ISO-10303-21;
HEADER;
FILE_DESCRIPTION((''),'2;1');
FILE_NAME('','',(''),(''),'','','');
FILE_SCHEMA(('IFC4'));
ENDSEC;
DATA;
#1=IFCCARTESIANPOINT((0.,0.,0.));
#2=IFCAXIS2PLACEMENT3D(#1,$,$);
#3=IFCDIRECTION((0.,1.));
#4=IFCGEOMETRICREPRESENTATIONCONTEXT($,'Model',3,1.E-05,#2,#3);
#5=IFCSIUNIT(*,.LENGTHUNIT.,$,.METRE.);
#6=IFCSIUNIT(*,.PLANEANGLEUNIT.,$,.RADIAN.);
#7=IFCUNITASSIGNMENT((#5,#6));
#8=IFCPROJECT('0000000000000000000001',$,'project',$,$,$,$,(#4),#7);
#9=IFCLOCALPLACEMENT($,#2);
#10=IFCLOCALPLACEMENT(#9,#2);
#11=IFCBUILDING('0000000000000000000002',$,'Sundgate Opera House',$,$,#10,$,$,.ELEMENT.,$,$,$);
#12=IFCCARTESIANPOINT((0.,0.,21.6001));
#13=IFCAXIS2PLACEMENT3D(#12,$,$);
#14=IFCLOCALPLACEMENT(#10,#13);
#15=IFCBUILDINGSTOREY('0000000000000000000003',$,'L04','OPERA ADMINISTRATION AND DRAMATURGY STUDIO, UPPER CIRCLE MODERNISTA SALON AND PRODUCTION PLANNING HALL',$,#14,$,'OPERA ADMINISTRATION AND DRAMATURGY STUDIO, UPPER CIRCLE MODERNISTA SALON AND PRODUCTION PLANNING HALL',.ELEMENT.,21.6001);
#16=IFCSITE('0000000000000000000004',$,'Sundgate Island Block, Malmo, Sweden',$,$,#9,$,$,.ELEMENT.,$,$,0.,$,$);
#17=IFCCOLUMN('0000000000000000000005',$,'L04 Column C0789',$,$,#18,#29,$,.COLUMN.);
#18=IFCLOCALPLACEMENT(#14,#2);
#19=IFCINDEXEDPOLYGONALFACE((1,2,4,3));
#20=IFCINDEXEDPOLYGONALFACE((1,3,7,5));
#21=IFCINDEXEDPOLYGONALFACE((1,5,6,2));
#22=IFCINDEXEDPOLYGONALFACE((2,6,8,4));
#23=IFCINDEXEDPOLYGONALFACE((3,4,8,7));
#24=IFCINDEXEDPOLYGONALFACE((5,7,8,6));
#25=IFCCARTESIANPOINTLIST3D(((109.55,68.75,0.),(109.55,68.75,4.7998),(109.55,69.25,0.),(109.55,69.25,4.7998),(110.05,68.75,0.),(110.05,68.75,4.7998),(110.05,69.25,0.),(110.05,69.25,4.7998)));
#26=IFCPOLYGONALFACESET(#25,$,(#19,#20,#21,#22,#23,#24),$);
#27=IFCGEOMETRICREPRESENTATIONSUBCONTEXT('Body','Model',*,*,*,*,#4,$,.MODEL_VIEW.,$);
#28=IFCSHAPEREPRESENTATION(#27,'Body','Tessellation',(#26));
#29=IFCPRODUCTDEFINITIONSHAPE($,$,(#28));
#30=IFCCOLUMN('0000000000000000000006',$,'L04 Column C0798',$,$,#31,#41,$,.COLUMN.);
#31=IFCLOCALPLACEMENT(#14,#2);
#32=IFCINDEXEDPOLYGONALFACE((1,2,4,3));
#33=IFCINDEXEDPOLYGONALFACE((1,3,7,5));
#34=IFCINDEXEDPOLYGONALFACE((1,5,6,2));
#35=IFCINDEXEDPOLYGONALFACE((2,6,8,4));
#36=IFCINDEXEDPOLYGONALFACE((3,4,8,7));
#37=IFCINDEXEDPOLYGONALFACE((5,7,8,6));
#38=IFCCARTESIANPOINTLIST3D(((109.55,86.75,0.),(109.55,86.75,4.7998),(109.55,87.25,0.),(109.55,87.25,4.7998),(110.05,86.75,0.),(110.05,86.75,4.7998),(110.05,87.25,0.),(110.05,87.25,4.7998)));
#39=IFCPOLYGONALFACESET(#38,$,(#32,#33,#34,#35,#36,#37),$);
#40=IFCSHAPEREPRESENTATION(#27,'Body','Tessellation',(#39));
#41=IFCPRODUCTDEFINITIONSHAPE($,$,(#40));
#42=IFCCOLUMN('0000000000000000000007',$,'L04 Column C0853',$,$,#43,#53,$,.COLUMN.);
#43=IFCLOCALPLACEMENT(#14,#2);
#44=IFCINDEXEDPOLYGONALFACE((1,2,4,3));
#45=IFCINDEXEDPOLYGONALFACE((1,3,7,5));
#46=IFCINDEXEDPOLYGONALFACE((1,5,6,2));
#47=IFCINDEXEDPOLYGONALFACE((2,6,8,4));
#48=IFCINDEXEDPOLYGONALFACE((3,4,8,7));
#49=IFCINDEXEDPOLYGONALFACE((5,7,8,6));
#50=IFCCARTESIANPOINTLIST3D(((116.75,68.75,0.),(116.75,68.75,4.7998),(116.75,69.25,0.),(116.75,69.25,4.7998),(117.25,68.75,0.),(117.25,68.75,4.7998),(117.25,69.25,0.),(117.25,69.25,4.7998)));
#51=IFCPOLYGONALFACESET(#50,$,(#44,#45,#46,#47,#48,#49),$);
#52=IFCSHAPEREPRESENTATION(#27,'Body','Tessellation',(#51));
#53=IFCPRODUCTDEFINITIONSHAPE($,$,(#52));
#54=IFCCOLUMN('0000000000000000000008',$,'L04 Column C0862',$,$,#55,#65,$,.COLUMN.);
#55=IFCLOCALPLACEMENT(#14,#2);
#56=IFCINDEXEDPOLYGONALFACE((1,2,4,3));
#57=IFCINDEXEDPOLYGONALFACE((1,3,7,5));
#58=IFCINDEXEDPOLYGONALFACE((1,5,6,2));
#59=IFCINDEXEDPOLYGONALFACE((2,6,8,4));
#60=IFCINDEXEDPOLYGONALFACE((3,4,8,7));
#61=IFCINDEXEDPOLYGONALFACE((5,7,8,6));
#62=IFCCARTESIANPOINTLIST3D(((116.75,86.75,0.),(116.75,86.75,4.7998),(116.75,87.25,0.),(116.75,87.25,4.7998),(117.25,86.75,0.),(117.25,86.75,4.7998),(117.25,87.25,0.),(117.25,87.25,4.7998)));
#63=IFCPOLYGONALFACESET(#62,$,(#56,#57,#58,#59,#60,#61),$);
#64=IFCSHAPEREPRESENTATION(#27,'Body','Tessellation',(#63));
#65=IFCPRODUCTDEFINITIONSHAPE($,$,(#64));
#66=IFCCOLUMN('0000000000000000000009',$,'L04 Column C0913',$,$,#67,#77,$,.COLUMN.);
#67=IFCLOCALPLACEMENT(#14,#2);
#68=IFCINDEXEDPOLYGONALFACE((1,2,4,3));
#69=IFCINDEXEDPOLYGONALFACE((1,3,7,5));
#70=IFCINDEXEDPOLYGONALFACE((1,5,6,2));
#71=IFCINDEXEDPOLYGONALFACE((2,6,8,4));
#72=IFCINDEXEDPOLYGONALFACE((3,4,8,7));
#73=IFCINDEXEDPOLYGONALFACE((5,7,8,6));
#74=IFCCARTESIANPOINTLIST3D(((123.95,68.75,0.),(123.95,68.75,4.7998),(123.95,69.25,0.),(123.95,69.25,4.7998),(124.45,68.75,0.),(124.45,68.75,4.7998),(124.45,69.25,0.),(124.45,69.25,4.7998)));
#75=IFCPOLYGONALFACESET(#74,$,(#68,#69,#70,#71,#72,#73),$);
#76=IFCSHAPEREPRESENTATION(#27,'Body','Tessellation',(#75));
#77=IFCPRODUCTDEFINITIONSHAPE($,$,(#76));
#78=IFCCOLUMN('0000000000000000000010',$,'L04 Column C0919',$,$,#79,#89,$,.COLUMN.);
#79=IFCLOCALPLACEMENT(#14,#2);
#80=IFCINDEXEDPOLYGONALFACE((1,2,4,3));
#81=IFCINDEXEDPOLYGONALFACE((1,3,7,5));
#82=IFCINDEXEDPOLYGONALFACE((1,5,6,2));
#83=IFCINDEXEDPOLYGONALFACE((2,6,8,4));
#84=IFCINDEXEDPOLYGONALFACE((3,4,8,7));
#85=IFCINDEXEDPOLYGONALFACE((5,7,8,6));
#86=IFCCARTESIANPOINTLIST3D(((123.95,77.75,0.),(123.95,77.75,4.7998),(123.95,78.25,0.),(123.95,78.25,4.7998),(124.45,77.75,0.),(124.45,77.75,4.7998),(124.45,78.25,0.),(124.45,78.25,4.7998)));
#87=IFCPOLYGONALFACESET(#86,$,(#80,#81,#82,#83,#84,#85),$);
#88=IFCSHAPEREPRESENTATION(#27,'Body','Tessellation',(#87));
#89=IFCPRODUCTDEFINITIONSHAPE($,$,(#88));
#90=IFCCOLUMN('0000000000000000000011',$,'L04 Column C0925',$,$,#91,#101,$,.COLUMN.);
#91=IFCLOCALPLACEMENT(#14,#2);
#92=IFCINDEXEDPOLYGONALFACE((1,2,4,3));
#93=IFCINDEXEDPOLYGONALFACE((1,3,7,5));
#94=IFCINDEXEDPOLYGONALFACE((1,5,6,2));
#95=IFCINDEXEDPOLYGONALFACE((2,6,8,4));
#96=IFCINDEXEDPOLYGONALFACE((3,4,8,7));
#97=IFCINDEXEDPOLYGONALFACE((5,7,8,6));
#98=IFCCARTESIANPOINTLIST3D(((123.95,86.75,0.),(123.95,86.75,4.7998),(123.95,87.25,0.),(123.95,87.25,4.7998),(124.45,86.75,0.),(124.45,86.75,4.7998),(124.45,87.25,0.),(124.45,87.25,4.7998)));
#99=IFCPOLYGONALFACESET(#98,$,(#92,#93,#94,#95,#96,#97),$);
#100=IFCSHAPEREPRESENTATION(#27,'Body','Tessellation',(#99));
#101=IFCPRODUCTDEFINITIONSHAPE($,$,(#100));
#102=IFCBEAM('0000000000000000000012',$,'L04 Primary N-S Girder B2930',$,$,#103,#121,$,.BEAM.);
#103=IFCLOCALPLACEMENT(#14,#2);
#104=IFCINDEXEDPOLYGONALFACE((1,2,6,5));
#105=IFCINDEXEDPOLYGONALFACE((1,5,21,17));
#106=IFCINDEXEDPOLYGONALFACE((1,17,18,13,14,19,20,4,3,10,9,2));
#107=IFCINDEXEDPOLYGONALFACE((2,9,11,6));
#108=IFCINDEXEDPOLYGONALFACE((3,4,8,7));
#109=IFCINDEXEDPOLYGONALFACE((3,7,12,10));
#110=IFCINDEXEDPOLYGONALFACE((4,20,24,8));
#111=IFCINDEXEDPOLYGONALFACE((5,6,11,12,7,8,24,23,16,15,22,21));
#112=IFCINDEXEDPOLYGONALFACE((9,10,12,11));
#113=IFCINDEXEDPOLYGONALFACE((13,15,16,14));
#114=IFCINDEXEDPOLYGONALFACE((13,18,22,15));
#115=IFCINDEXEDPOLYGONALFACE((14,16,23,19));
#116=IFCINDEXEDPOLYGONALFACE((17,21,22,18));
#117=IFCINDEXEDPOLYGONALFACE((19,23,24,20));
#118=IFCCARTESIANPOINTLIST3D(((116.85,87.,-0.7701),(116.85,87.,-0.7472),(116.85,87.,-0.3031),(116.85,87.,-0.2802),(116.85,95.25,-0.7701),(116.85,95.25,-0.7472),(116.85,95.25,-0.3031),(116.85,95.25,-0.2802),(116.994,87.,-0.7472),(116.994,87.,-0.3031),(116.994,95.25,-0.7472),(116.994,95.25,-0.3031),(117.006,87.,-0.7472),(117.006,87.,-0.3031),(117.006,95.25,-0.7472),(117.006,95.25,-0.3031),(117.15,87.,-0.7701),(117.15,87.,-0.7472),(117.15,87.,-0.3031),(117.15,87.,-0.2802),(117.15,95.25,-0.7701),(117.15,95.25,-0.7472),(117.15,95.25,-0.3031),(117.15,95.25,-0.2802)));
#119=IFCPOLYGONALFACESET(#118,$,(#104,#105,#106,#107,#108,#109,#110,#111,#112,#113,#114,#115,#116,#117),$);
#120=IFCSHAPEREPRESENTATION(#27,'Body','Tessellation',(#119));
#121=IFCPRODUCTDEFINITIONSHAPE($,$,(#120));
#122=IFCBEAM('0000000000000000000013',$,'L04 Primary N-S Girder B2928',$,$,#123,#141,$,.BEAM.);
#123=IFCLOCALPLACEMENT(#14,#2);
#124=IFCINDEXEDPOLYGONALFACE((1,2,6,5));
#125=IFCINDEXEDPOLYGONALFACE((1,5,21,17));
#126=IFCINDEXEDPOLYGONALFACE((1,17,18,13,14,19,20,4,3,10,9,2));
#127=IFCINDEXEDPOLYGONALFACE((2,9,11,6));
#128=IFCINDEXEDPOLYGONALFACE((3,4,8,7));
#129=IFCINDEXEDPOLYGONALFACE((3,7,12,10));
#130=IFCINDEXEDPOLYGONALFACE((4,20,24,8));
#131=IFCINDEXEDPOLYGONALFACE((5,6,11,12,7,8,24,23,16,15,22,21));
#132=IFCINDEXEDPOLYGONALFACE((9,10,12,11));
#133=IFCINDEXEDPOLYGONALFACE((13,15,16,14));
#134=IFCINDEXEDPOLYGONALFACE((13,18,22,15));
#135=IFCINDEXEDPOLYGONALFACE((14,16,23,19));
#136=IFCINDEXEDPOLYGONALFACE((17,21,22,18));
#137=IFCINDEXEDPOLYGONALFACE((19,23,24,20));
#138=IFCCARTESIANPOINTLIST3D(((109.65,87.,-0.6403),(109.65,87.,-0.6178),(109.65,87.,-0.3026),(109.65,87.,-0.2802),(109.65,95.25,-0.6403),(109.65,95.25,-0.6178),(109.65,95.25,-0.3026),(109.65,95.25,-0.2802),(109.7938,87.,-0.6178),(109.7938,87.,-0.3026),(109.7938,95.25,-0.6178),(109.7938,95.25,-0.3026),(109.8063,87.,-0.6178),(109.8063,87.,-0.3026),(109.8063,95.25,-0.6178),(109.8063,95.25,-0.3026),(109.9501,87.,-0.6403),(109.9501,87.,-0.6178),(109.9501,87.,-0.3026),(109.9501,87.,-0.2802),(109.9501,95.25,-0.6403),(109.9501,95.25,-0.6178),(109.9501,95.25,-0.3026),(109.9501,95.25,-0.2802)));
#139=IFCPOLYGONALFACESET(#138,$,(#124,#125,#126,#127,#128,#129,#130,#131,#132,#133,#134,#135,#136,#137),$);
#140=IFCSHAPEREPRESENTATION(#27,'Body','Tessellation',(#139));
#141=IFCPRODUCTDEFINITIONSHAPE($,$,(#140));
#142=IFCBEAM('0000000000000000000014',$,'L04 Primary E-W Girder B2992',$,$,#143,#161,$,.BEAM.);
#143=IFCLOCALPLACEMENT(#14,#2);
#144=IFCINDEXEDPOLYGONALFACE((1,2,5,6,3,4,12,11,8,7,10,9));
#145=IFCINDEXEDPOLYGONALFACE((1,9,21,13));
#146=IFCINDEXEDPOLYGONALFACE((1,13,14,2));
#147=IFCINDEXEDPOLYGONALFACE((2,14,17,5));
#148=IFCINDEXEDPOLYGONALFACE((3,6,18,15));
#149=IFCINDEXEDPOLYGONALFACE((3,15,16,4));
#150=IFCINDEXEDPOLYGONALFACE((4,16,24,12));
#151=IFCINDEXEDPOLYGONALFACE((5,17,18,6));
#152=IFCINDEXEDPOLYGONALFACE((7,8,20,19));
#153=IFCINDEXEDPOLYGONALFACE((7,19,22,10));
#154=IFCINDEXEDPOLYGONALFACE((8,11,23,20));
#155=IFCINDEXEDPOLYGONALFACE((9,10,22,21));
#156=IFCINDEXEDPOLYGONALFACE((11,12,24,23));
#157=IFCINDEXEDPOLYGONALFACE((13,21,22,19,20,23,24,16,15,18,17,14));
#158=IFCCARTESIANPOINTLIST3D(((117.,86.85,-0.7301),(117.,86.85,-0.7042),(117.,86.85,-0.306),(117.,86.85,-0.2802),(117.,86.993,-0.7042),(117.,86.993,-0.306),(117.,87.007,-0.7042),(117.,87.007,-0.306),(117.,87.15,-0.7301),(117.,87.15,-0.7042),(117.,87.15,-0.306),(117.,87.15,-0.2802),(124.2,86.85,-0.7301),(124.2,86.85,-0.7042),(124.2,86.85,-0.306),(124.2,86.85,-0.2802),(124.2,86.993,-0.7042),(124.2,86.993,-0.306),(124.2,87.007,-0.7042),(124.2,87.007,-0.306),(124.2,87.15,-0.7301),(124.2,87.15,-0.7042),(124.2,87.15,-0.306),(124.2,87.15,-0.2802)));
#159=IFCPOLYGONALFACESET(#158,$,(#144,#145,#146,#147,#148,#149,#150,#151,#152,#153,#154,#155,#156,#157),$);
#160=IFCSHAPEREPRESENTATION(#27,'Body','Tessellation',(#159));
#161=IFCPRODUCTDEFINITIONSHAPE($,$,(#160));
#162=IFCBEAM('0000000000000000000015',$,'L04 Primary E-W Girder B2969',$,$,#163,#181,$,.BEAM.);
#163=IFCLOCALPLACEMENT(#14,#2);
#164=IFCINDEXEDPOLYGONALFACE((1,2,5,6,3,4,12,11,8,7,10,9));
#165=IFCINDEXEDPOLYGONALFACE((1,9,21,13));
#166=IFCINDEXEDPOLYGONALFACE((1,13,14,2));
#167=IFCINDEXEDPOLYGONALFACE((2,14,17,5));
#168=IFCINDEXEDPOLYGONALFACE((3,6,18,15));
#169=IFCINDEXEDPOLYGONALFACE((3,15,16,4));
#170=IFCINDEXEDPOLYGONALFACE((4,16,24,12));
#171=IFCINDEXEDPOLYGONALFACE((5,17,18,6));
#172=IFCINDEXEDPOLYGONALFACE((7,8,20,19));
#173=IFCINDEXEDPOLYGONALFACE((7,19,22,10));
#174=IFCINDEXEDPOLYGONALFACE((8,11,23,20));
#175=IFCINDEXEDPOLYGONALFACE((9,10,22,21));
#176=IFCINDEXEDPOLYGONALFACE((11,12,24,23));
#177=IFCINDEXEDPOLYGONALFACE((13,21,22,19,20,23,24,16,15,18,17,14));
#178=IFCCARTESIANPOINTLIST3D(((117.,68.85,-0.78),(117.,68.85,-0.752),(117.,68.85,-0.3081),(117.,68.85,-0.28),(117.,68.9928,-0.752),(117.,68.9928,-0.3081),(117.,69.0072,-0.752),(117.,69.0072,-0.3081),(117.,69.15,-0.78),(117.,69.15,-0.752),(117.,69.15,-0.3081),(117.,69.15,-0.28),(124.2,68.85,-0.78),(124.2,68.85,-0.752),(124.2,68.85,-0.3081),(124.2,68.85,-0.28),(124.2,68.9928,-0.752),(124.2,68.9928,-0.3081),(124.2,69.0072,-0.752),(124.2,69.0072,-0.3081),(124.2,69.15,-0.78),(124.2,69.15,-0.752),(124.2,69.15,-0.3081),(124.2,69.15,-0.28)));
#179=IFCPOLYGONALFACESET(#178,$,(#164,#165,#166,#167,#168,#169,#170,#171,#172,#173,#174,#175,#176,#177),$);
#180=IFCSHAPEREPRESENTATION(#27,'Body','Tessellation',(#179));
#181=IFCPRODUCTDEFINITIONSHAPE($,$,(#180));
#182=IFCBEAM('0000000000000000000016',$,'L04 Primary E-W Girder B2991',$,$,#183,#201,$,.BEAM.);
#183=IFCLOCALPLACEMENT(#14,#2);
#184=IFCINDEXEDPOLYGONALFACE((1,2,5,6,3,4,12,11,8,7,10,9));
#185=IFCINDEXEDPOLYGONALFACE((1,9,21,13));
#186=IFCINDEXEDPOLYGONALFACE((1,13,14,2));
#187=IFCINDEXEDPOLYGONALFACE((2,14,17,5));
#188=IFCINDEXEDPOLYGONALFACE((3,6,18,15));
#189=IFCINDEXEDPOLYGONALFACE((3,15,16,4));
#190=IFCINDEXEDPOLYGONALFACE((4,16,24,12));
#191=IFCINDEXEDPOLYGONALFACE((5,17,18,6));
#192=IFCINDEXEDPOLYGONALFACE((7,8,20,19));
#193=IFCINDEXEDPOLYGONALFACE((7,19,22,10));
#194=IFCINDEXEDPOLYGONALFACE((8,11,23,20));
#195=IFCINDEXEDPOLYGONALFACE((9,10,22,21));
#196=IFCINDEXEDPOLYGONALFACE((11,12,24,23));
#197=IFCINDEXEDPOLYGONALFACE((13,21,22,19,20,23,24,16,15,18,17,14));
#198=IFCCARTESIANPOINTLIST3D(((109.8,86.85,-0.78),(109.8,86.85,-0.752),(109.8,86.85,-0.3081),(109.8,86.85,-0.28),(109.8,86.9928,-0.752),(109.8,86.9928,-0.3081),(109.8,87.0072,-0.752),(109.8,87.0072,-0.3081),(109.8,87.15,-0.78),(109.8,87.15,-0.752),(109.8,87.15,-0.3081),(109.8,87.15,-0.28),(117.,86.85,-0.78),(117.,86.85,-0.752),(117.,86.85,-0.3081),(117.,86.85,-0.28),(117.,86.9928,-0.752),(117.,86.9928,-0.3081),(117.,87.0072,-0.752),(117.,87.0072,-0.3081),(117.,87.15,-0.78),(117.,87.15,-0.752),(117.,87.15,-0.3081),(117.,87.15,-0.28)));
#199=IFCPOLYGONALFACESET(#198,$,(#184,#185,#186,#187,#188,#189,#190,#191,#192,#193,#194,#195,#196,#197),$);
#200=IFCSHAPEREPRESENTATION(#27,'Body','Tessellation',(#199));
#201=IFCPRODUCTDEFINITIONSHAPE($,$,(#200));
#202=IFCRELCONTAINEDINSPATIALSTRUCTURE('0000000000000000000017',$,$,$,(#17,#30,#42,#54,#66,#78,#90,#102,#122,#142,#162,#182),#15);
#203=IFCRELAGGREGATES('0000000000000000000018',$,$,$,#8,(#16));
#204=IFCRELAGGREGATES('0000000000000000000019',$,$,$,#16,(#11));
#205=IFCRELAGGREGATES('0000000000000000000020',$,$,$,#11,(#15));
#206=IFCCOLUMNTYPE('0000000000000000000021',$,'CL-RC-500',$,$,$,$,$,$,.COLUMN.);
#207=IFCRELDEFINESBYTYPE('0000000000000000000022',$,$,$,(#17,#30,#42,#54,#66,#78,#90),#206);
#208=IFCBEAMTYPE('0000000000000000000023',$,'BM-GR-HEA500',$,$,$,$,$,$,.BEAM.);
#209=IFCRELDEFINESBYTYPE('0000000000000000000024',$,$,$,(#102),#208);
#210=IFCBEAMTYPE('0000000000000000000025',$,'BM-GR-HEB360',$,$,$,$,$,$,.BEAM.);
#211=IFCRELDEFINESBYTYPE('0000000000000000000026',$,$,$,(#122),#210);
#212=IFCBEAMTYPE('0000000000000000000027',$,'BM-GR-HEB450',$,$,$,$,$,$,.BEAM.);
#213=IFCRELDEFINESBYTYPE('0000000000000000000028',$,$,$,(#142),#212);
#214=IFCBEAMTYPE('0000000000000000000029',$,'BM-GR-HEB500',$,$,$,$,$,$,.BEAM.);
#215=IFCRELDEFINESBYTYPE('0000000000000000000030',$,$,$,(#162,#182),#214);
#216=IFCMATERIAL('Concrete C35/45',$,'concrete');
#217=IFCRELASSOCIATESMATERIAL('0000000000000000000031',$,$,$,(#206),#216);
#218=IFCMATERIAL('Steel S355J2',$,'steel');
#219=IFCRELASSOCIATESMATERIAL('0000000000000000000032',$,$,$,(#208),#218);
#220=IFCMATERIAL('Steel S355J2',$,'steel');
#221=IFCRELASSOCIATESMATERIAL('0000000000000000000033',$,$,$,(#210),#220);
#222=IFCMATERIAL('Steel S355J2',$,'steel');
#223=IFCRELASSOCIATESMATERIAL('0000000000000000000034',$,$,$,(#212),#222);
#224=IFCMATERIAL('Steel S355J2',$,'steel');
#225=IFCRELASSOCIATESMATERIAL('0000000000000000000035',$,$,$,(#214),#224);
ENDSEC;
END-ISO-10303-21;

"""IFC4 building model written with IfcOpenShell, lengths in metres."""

from ifc_helpers import new_model, si_unit, direction, frame, origin, origin_2d, place, context, subcontext, project, spatial, rectangle, i_section, extrude, material, material_profile, profile_set, type_object, element, save


model = new_model("IFC4")

# Units and contexts
model_context = context("Model", 3, precision=1e-05, world=origin(), true_north=direction((0.0, 1.0)))
body_context = subcontext(model_context, "Body", "Model", "MODEL_VIEW")
ifc_project = project(units=[si_unit("LENGTHUNIT", "METRE"), si_unit("PLANEANGLEUNIT", "RADIAN")], contexts=[model_context])

# Site, building, storey
site_placement = place(None, origin())
site = spatial("IfcSite", under=ifc_project, at=site_placement, Name="Sundgate Island Block, Malmo, Sweden", CompositionType="ELEMENT", RefElevation=0.0)
building_placement = place(site_placement, origin())
building = spatial("IfcBuilding", under=site, at=building_placement, Name="Sundgate Opera House", CompositionType="ELEMENT")
storey_placement = place(building_placement, frame((0.0, 0.0, 21.6001)))
storey = spatial("IfcBuildingStorey", under=building, at=storey_placement, Name="L04", Description="OPERA ADMINISTRATION AND DRAMATURGY STUDIO, UPPER CIRCLE MODERNISTA SALON AND PRODUCTION PLANNING HALL", LongName="OPERA ADMINISTRATION AND DRAMATURGY STUDIO, UPPER CIRCLE MODERNISTA SALON AND PRODUCTION PLANNING HALL", CompositionType="ELEMENT", Elevation=21.6001)

# Columns
ifc_material_1 = material(Name="Concrete C35/45", Category="concrete")
ifc_material_profile_1 = material_profile(ifc_material_1, rectangle(XDim=0.5, YDim=0.5, at=origin_2d()), Name="RC 500x500")
ifc_profile_set_1 = profile_set([ifc_material_profile_1], Name="Concrete C35/45")
column_type = type_object("IfcColumnType", Name="CL-RC-500", PredefinedType="COLUMN", material=ifc_profile_set_1)
for number, where, z_axis, x_axis, name in (
    (1, (109.8, 69.0, 0.0), (0.0, 0.0, 1.0), (1.0, 0.0, 0.0), "L04 Column C0789"),
    (2, (109.8, 87.0, 0.0), (0.0, 0.0, 1.0), (1.0, 0.0, 0.0), "L04 Column C0798"),
    (3, (117.0, 69.0, 0.0), (0.0, 0.0, 1.0), (1.0, 0.0, 0.0), "L04 Column C0853"),
    (4, (117.0, 87.0, 0.0), (0.0, 0.0, 1.0), (1.0, 0.0, 0.0), "L04 Column C0862"),
    (5, (124.2, 69.0, 0.0), (0.0, 0.0, 1.0), (1.0, 0.0, 0.0), "L04 Column C0913"),
    (6, (124.2, 78.0, 0.0), (0.0, 0.0, 1.0), (1.0, 0.0, 0.0), "L04 Column C0919"),
    (7, (124.2, 87.0, 0.0), (0.0, 0.0, 1.0), (1.0, 0.0, 0.0), "L04 Column C0925"),
):
    element("IfcColumn", number, at=place(storey_placement, frame(where, z_axis=z_axis, x_axis=x_axis)), inside=storey, type_object=column_type, Name=name, PredefinedType="COLUMN", context=body_context, shape_type="SweptSolid", body=[
        extrude(rectangle(XDim=0.5, YDim=0.5, at=origin_2d()), origin(), (0.0, 0.0, 1.0), 4.7998),
    ])

# Beams
ifc_material_2 = material(Name="Steel S355J2", Category="steel")
ifc_material_profile_2 = material_profile(ifc_material_2, i_section(OverallWidth=0.3, OverallDepth=0.49, WebThickness=0.012, FlangeThickness=0.0229, at=origin_2d()), Name="HEA 500")
ifc_profile_set_2 = profile_set([ifc_material_profile_2], Name="Steel S355J2")
beam_type_1 = type_object("IfcBeamType", Name="BM-GR-HEA500", PredefinedType="BEAM", material=ifc_profile_set_2)
beam_1_placement = place(storey_placement, frame((117.0, 87.0, -0.5251), z_axis=(0.0, 1.0, 0.0), x_axis=(-1.0, 0.0, 0.0)))
element("IfcBeam", 8, at=beam_1_placement, inside=storey, type_object=beam_type_1, Name="L04 Primary N-S Girder B2930", PredefinedType="BEAM", context=body_context, shape_type="SweptSolid", body=[
    extrude(i_section(OverallWidth=0.3, OverallDepth=0.49, WebThickness=0.012, FlangeThickness=0.0229, at=origin_2d()), origin(), (0.0, 0.0, 1.0), 8.25),
])
ifc_material_3 = material(Name="Steel S355J2", Category="steel")
ifc_material_profile_3 = material_profile(ifc_material_3, i_section(OverallWidth=0.3, OverallDepth=0.3601, WebThickness=0.0125, FlangeThickness=0.0225, at=origin_2d()), Name="HEB 360")
ifc_profile_set_3 = profile_set([ifc_material_profile_3], Name="Steel S355J2")
beam_type_2 = type_object("IfcBeamType", Name="BM-GR-HEB360", PredefinedType="BEAM", material=ifc_profile_set_3)
beam_2_placement = place(storey_placement, frame((109.8, 87.0, -0.4602), z_axis=(0.0, 1.0, 0.0), x_axis=(-1.0, 0.0, 0.0)))
element("IfcBeam", 9, at=beam_2_placement, inside=storey, type_object=beam_type_2, Name="L04 Primary N-S Girder B2928", PredefinedType="BEAM", context=body_context, shape_type="SweptSolid", body=[
    extrude(i_section(OverallWidth=0.3, OverallDepth=0.3601, WebThickness=0.0125, FlangeThickness=0.0225, at=origin_2d()), origin(), (0.0, 0.0, 1.0), 8.25),
])
ifc_material_4 = material(Name="Steel S355J2", Category="steel")
ifc_material_profile_4 = material_profile(ifc_material_4, i_section(OverallWidth=0.3, OverallDepth=0.45, WebThickness=0.0139, FlangeThickness=0.0259, at=origin_2d()), Name="HEB 450")
ifc_profile_set_4 = profile_set([ifc_material_profile_4], Name="Steel S355J2")
beam_type_3 = type_object("IfcBeamType", Name="BM-GR-HEB450", PredefinedType="BEAM", material=ifc_profile_set_4)
beam_3_placement = place(storey_placement, frame((117.0, 87.0, -0.5051), z_axis=(1.0, 0.0, 0.0), x_axis=(0.0, 1.0, 0.0)))
element("IfcBeam", 10, at=beam_3_placement, inside=storey, type_object=beam_type_3, Name="L04 Primary E-W Girder B2992", PredefinedType="BEAM", context=body_context, shape_type="SweptSolid", body=[
    extrude(i_section(OverallWidth=0.3, OverallDepth=0.45, WebThickness=0.0139, FlangeThickness=0.0259, at=origin_2d()), origin(), (0.0, 0.0, 1.0), 7.2),
])
ifc_material_5 = material(Name="Steel S355J2", Category="steel")
ifc_material_profile_5 = material_profile(ifc_material_5, i_section(OverallWidth=0.3, OverallDepth=0.5, WebThickness=0.0144, FlangeThickness=0.0281, at=origin_2d()), Name="HEB 500")
ifc_profile_set_5 = profile_set([ifc_material_profile_5], Name="Steel S355J2")
beam_type_4 = type_object("IfcBeamType", Name="BM-GR-HEB500", PredefinedType="BEAM", material=ifc_profile_set_5)
for number, where, z_axis, x_axis, name in (
    (11, (117.0, 69.0, -0.53), (1.0, 0.0, 0.0), (0.0, 1.0, 0.0), "L04 Primary E-W Girder B2969"),
    (12, (109.8, 87.0, -0.53), (1.0, 0.0, 0.0), (0.0, 1.0, 0.0), "L04 Primary E-W Girder B2991"),
):
    element("IfcBeam", number, at=place(storey_placement, frame(where, z_axis=z_axis, x_axis=x_axis)), inside=storey, type_object=beam_type_4, Name=name, PredefinedType="BEAM", context=body_context, shape_type="SweptSolid", body=[
        extrude(i_section(OverallWidth=0.3, OverallDepth=0.5, WebThickness=0.0144, FlangeThickness=0.0281, at=origin_2d()), origin(), (0.0, 0.0, 1.0), 7.2),
    ])

save(model, "model.ifc")
